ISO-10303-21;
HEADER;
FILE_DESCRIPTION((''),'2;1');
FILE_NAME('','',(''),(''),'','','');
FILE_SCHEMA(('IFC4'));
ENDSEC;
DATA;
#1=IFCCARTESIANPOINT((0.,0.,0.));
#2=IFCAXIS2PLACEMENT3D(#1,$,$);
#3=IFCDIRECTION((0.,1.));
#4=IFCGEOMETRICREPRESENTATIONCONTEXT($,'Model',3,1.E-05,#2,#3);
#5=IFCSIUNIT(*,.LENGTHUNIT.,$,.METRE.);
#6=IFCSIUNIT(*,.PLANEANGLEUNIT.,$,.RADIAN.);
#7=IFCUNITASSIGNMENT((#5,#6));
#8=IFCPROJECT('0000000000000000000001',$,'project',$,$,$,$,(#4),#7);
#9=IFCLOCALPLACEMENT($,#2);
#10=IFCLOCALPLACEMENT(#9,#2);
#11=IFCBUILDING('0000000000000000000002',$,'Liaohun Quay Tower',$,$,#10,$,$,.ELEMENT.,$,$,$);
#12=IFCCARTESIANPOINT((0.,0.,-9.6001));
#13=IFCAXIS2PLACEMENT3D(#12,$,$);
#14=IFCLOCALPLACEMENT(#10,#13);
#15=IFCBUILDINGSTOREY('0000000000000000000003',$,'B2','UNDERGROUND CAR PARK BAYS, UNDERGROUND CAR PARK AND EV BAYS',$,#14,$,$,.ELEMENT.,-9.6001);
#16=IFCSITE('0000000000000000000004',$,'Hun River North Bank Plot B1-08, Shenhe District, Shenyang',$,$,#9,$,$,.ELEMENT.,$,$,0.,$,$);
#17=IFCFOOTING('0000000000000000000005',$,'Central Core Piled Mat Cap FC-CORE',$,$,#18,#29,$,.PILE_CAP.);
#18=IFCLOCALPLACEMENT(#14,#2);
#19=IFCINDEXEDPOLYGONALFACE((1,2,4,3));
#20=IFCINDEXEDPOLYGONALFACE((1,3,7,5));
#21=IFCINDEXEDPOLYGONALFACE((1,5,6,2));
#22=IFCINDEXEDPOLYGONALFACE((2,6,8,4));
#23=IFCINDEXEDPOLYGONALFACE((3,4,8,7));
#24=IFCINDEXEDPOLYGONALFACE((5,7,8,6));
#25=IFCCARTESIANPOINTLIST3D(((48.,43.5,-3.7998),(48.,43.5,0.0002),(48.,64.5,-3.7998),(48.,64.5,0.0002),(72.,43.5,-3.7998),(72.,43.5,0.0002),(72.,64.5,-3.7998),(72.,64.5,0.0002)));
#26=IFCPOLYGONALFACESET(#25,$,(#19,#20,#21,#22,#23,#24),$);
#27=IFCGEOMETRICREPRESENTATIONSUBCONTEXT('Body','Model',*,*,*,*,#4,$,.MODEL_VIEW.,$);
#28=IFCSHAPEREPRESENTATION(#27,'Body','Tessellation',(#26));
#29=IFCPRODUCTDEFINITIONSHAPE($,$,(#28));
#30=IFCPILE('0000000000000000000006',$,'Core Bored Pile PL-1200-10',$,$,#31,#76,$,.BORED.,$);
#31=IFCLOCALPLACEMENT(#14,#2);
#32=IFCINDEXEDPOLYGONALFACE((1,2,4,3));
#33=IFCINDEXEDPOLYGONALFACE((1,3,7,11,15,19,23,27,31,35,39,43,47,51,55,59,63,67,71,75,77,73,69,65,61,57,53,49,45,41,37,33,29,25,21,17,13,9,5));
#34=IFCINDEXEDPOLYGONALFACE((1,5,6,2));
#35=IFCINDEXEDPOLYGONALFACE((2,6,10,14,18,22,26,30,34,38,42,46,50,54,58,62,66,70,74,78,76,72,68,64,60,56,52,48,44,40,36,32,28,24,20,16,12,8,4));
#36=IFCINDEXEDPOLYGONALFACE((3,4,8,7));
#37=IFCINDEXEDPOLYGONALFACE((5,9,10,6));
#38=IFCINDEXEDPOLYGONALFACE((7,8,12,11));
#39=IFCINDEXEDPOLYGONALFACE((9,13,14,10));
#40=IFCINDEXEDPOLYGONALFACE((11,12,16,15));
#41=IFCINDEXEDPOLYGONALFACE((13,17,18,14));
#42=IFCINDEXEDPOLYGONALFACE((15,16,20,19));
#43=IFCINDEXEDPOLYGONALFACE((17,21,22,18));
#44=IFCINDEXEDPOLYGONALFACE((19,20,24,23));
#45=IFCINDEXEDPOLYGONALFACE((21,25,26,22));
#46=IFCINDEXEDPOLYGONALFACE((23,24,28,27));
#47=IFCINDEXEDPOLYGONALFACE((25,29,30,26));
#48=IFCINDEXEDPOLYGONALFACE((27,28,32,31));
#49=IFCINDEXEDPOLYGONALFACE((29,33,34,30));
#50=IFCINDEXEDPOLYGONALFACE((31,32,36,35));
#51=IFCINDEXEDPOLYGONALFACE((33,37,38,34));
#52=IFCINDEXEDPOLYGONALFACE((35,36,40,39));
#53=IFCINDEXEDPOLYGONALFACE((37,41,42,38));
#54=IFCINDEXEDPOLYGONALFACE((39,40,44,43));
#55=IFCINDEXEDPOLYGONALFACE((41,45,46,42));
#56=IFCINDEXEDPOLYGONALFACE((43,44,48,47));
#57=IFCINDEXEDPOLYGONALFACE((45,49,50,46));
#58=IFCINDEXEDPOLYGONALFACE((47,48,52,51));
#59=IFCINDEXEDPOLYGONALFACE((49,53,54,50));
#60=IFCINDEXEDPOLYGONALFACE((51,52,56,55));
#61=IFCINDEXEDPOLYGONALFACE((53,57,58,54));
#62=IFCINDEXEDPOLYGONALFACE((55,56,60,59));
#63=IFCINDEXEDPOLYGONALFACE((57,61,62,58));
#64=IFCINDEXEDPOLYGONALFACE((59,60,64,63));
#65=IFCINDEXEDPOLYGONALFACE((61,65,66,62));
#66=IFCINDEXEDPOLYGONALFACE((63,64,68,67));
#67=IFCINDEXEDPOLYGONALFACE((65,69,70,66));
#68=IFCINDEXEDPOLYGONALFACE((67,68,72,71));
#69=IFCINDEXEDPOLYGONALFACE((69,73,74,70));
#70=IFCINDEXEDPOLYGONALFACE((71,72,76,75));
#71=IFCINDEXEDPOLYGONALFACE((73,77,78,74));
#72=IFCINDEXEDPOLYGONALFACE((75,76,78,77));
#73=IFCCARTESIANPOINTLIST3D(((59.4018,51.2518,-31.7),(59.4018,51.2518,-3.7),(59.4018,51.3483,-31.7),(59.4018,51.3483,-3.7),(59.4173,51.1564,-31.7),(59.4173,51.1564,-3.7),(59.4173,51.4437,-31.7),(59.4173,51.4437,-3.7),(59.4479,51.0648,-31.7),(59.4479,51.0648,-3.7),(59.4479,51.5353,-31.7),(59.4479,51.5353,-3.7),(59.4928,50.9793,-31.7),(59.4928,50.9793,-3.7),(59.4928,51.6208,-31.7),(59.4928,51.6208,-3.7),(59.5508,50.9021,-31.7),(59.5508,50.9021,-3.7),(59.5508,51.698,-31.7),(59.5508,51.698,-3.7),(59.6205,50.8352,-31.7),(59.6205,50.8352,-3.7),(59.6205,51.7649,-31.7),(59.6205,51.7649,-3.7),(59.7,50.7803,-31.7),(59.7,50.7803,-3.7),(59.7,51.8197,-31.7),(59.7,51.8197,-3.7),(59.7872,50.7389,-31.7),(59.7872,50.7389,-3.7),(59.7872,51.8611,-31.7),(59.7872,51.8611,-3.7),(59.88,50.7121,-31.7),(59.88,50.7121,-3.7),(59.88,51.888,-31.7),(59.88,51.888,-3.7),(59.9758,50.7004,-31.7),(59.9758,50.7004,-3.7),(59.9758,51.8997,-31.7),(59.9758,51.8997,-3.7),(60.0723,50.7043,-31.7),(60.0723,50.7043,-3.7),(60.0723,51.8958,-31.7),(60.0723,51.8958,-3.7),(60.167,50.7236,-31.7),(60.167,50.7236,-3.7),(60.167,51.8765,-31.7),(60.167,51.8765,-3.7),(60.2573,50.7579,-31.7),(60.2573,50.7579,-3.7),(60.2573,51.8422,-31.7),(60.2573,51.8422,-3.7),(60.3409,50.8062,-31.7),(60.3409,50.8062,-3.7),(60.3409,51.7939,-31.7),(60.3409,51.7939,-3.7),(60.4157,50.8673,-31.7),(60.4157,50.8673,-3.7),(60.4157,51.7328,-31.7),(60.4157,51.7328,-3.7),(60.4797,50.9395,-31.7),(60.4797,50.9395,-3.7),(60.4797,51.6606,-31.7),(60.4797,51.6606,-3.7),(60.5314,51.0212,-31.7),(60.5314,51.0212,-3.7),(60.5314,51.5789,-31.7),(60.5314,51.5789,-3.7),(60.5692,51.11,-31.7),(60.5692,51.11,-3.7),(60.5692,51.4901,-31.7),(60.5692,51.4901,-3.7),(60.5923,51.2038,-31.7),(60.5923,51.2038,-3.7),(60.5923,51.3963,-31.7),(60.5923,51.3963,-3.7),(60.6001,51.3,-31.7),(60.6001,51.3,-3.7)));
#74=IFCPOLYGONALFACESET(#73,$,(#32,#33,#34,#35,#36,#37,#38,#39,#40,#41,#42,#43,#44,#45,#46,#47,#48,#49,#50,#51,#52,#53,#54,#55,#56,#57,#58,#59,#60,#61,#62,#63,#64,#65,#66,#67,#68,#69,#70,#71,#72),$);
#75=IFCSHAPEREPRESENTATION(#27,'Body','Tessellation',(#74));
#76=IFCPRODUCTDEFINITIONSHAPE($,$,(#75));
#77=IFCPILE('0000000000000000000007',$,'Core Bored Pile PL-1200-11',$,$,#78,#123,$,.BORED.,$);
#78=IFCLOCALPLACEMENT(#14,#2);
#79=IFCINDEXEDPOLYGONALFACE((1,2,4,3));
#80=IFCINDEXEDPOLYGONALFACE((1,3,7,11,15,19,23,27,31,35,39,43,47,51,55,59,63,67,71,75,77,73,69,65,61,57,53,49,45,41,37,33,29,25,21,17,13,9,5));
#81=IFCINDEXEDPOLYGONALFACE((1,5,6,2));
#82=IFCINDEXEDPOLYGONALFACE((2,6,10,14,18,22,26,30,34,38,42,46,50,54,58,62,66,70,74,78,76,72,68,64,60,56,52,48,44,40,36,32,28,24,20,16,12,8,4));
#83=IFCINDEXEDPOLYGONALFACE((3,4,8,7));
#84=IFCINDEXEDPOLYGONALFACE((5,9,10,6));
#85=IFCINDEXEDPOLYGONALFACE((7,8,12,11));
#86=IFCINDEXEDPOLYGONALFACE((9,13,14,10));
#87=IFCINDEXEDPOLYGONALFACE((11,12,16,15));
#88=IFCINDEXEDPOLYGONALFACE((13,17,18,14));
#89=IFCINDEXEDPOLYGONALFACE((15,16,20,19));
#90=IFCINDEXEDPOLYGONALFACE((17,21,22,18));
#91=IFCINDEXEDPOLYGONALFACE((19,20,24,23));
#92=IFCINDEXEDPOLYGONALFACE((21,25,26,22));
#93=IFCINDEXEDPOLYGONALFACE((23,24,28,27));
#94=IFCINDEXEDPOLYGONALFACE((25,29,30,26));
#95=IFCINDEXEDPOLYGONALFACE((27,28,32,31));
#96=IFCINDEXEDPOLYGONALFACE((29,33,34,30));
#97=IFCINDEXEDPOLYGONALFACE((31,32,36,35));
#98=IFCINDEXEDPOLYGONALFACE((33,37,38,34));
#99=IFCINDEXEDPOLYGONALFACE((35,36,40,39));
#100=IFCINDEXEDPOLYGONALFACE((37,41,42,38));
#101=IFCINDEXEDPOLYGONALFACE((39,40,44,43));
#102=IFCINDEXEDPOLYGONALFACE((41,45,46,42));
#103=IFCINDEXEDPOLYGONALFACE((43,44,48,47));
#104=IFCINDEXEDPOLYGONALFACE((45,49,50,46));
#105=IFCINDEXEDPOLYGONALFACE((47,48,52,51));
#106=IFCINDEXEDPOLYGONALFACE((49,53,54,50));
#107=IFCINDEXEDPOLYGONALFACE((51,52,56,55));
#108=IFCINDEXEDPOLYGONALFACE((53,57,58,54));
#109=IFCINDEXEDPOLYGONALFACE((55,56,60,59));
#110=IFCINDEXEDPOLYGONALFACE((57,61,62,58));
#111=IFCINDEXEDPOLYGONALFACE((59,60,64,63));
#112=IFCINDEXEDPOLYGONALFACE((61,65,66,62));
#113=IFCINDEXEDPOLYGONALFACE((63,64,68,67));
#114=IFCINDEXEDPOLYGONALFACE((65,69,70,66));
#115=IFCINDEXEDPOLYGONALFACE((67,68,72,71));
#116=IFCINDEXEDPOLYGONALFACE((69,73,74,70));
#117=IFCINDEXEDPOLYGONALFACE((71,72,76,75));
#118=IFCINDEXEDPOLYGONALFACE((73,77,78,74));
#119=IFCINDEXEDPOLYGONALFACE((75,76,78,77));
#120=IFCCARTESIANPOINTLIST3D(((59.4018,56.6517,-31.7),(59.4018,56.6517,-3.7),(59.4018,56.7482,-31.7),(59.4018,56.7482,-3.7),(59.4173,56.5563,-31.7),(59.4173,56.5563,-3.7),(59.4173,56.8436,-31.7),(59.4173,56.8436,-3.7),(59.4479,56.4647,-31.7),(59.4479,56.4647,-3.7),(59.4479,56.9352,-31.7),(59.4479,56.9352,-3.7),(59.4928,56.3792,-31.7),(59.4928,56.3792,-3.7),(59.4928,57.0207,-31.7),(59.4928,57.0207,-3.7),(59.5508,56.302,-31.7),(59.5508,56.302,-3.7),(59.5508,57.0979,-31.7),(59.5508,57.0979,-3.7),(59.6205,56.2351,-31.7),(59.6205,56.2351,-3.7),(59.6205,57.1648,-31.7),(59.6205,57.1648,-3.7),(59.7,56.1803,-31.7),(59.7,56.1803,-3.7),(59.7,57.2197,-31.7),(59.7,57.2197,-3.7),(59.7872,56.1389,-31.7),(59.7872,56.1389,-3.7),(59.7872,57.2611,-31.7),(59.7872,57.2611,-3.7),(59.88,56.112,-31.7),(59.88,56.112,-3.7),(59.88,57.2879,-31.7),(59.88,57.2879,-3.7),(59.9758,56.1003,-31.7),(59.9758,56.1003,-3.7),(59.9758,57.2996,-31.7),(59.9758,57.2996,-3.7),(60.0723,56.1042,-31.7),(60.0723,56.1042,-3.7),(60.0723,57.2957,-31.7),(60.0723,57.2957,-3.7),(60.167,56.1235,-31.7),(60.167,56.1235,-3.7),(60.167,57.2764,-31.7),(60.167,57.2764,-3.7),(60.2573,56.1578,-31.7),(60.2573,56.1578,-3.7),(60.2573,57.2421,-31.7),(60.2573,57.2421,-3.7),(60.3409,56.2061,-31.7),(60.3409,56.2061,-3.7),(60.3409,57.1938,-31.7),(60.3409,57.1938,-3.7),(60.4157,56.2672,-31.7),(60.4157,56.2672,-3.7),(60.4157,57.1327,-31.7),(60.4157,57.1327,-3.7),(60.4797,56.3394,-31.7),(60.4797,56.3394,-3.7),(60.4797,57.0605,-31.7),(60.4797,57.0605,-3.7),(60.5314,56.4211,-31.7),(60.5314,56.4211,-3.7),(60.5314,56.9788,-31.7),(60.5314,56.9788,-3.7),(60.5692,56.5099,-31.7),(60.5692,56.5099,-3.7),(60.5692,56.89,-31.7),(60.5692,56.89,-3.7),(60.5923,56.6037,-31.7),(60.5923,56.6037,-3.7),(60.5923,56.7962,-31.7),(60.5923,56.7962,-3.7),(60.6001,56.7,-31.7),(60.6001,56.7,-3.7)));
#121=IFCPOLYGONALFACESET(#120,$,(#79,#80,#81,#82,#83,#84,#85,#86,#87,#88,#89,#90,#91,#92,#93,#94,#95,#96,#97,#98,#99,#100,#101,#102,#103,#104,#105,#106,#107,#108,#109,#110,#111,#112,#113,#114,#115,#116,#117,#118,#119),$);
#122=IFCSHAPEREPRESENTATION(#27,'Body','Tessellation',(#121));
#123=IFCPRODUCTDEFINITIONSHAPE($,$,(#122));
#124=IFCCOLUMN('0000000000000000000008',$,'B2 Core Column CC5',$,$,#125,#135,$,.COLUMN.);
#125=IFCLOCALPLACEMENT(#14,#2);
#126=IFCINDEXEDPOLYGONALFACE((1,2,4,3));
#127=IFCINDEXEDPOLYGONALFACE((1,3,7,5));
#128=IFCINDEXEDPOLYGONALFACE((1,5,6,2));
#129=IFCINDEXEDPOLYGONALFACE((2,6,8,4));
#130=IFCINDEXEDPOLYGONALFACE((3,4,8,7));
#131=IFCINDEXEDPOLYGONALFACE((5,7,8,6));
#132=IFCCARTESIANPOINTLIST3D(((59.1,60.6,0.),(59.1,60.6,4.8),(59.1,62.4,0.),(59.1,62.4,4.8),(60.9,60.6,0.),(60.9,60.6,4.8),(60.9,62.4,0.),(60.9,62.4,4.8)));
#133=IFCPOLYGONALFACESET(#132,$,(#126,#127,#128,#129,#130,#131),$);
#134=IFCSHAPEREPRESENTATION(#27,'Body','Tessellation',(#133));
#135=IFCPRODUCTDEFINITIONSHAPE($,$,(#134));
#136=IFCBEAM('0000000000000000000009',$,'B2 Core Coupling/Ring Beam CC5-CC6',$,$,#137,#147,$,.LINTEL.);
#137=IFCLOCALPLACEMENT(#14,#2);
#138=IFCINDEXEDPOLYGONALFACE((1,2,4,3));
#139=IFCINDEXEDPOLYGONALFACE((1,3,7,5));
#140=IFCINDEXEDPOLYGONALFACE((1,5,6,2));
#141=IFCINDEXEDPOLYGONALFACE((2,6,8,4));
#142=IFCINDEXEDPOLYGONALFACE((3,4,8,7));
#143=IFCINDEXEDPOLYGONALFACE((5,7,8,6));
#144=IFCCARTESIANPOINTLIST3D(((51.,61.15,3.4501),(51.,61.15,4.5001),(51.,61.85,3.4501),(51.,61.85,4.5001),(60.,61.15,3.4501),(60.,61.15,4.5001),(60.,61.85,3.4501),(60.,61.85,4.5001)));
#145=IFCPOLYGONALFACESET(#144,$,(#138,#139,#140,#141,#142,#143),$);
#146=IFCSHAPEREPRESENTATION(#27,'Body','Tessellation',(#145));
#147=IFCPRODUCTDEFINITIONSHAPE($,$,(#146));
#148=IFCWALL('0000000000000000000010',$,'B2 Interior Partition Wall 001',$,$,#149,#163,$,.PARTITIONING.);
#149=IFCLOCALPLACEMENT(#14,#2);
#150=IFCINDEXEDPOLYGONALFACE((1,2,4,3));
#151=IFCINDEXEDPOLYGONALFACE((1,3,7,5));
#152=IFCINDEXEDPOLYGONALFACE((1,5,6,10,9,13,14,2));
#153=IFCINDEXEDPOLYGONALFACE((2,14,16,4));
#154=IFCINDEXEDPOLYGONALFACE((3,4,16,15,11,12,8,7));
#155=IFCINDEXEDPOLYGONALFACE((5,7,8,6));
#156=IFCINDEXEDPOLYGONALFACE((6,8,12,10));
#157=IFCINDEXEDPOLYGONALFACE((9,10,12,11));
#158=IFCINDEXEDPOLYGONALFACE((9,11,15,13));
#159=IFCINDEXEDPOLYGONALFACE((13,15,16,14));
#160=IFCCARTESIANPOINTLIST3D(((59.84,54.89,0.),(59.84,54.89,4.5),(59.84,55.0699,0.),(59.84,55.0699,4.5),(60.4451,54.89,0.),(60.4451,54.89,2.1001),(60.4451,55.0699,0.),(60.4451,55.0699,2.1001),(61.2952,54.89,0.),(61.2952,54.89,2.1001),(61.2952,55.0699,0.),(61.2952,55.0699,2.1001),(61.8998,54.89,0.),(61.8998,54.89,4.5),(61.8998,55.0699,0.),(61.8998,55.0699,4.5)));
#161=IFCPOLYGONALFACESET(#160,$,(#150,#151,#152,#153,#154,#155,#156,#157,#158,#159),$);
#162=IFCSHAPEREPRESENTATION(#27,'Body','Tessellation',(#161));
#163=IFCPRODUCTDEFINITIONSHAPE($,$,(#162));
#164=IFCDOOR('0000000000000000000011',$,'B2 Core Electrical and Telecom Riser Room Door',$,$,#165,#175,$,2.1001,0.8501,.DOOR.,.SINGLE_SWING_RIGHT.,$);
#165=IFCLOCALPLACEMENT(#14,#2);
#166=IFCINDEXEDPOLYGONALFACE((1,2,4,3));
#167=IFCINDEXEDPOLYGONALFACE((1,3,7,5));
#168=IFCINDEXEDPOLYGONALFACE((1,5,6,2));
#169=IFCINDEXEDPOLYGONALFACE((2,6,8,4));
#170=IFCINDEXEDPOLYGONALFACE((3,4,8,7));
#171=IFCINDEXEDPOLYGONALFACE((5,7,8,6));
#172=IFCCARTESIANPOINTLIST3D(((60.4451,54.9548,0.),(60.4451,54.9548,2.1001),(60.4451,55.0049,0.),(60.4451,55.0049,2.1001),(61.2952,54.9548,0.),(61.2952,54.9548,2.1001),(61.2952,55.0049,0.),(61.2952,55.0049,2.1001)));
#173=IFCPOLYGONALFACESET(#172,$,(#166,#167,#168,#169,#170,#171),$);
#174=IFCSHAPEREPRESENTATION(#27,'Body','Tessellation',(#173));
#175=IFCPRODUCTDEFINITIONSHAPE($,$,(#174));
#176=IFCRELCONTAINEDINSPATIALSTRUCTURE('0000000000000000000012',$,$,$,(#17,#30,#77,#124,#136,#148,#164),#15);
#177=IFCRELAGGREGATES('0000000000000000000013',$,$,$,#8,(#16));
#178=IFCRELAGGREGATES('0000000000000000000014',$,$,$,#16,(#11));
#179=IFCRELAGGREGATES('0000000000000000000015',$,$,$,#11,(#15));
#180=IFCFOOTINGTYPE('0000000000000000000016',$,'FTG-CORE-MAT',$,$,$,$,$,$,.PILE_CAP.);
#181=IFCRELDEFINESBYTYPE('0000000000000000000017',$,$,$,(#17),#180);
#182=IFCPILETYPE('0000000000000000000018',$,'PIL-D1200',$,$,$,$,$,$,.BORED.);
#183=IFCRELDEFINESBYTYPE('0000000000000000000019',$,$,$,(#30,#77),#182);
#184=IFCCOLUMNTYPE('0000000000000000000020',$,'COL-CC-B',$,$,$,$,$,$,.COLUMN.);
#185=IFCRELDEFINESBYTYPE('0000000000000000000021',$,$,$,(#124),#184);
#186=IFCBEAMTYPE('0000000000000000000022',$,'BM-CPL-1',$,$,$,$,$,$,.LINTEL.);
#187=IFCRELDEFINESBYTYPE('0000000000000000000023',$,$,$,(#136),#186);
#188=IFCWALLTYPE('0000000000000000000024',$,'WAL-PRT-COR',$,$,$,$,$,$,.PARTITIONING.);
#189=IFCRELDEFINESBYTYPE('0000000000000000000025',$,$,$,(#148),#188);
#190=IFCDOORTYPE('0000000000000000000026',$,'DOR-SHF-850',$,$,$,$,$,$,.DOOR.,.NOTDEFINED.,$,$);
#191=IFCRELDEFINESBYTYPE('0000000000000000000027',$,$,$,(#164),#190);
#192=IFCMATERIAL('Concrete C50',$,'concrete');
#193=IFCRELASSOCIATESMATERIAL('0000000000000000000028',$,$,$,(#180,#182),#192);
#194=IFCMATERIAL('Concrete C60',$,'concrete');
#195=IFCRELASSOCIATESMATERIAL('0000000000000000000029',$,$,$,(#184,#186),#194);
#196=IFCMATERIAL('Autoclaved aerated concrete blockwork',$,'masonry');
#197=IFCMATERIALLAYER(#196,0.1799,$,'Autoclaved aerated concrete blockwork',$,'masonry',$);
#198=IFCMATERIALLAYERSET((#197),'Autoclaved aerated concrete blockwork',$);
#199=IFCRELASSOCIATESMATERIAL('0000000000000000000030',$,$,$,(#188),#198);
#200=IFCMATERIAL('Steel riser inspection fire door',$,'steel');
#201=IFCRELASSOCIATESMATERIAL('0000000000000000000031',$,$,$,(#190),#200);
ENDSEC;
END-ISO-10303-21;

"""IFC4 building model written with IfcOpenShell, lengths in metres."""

from ifc_helpers import new_model, si_unit, direction, frame, frame_2d, origin, origin_2d, place, context, subcontext, project, spatial, rectangle, circle, extrude, source, transform, mapped, material, layer, layer_set, material_profile, profile_set, type_object, element, fill, save


model = new_model("IFC4")

# Units and contexts
model_context = context("Model", 3, precision=1e-05, world=origin(), true_north=direction((0.0, 1.0)))
body_context = subcontext(model_context, "Body", "Model", "MODEL_VIEW")
ifc_project = project(units=[si_unit("LENGTHUNIT", "METRE"), si_unit("PLANEANGLEUNIT", "RADIAN")], contexts=[model_context])

# Site, building, storey
site_placement = place(None, origin())
site = spatial("IfcSite", under=ifc_project, at=site_placement, Name="Hun River North Bank Plot B1-08, Shenhe District, Shenyang", CompositionType="ELEMENT", RefElevation=0.0)
building_placement = place(site_placement, origin())
building = spatial("IfcBuilding", under=site, at=building_placement, Name="Liaohun Quay Tower", CompositionType="ELEMENT")
storey_placement = place(building_placement, frame((0.0, 0.0, -9.6001)))
storey = spatial("IfcBuildingStorey", under=building, at=storey_placement, Name="B2", Description="UNDERGROUND CAR PARK BAYS, UNDERGROUND CAR PARK AND EV BAYS", CompositionType="ELEMENT", Elevation=-9.6001)

# Footing
ifc_material_1 = material(Name="Concrete C50", Category="concrete")
footing_type = type_object("IfcFootingType", Name="FTG-CORE-MAT", PredefinedType="PILE_CAP", material=ifc_material_1)
shared_shape_1 = source(origin(), body_context, "Body", "SweptSolid", [
    extrude(rectangle(XDim=24.0, YDim=21.0, at=origin_2d()), origin(), (0.0, 0.0, 1.0), 3.8),
])
footing_placement = place(storey_placement, frame((60.0, 54.0, -3.7998), z_axis=(0.0, 0.0, 1.0), x_axis=(1.0, 0.0, 0.0)))
element("IfcFooting", 1, at=footing_placement, inside=storey, type_object=footing_type, Name="Central Core Piled Mat Cap FC-CORE", PredefinedType="PILE_CAP", context=body_context, shape_type="MappedRepresentation", body=[
    mapped(shared_shape_1, transform((0.0, 0.0, 0.0), x_axis=(1.0, 0.0, 0.0), y_axis=(0.0, 1.0, 0.0), z_axis=(0.0, 0.0, 1.0), scale=1.0)),
])

# Piles
ifc_material_profile_1 = material_profile(ifc_material_1, circle(Radius=0.6001, at=origin_2d()), Name="PILE-D1200")
ifc_profile_set_1 = profile_set([ifc_material_profile_1], Name="Concrete C50")
pile_type = type_object("IfcPileType", Name="PIL-D1200", PredefinedType="BORED", material=ifc_profile_set_1)
shared_shape_2 = source(origin(), body_context, "Body", "SweptSolid", [
    extrude(circle(Radius=0.6001, at=origin_2d()), origin(), (0.0, 0.0, 1.0), 28.0),
])
for number, where, z_axis, x_axis, name in (
    (2, (60.0, 51.3, -3.7), (0.0, 0.0, -1.0), (1.0, 0.0, 0.0), "Core Bored Pile PL-1200-10"),
    (3, (60.0, 56.7, -3.7), (0.0, 0.0, -1.0), (1.0, 0.0, 0.0), "Core Bored Pile PL-1200-11"),
):
    element("IfcPile", number, at=place(storey_placement, frame(where, z_axis=z_axis, x_axis=x_axis)), inside=storey, type_object=pile_type, Name=name, PredefinedType="BORED", context=body_context, shape_type="MappedRepresentation", body=[
        mapped(shared_shape_2, transform((0.0, 0.0, 0.0), x_axis=(1.0, 0.0, 0.0), y_axis=(0.0, 1.0, 0.0), z_axis=(0.0, 0.0, 1.0), scale=1.0)),
    ])

# Column
ifc_material_2 = material(Name="Concrete C60", Category="concrete")
ifc_material_profile_2 = material_profile(ifc_material_2, rectangle(XDim=1.8, YDim=1.8, at=origin_2d()), Name="RC1800x1800")
ifc_profile_set_2 = profile_set([ifc_material_profile_2], Name="Concrete C60")
column_type = type_object("IfcColumnType", Name="COL-CC-B", PredefinedType="COLUMN", material=ifc_profile_set_2)
shared_shape_3 = source(origin(), body_context, "Body", "SweptSolid", [
    extrude(rectangle(XDim=1.8, YDim=1.8, at=origin_2d()), origin(), (0.0, 0.0, 1.0), 4.8),
])
column_placement = place(storey_placement, frame((60.0, 61.5, 0.0), z_axis=(0.0, 0.0, 1.0), x_axis=(1.0, 0.0, 0.0)))
element("IfcColumn", 4, at=column_placement, inside=storey, type_object=column_type, Name="B2 Core Column CC5", PredefinedType="COLUMN", context=body_context, shape_type="MappedRepresentation", body=[
    mapped(shared_shape_3, transform((0.0, 0.0, 0.0), x_axis=(1.0, 0.0, 0.0), y_axis=(0.0, 1.0, 0.0), z_axis=(0.0, 0.0, 1.0), scale=1.0)),
])

# Beam
ifc_material_profile_3 = material_profile(ifc_material_2, rectangle(XDim=0.7, YDim=1.05, at=origin_2d()), Name="RC700x1050")
ifc_profile_set_3 = profile_set([ifc_material_profile_3], Name="Concrete C60")
beam_type = type_object("IfcBeamType", Name="BM-CPL-1", PredefinedType="LINTEL", material=ifc_profile_set_3)
shared_shape_4 = source(origin(), body_context, "Body", "SweptSolid", [
    extrude(rectangle(XDim=0.7, YDim=1.05, at=origin_2d()), origin(), (0.0, 0.0, 1.0), 9.0),
])
beam_placement = place(storey_placement, frame((60.0, 61.5, 3.9751), z_axis=(-1.0, 0.0, 0.0), x_axis=(0.0, -1.0, 0.0)))
element("IfcBeam", 5, at=beam_placement, inside=storey, type_object=beam_type, Name="B2 Core Coupling/Ring Beam CC5-CC6", PredefinedType="LINTEL", context=body_context, shape_type="MappedRepresentation", body=[
    mapped(shared_shape_4, transform((0.0, 0.0, 0.0), x_axis=(1.0, 0.0, 0.0), y_axis=(0.0, 1.0, 0.0), z_axis=(0.0, 0.0, 1.0), scale=1.0)),
])

# Wall, opening, door
ifc_material_3 = material(Name="Autoclaved aerated concrete blockwork", Category="masonry")
ifc_layer_1 = layer(ifc_material_3, 0.1799, Name="Autoclaved aerated concrete blockwork", Category="masonry")
ifc_layer_set_1 = layer_set([ifc_layer_1], Name="Autoclaved aerated concrete blockwork")
wall_type_1 = type_object("IfcWallType", Name="WAL-PRT-COR", PredefinedType="PARTITIONING", material=ifc_layer_set_1)
wall_1_placement = place(storey_placement, frame((59.8401, 54.98, 0.0), z_axis=(0.0, 0.0, 1.0), x_axis=(1.0, 0.0, 0.0)))
wall_1 = element("IfcWall", 6, at=wall_1_placement, inside=storey, type_object=wall_type_1, Name="B2 Interior Partition Wall 001", PredefinedType="PARTITIONING", context=body_context, shape_type="SweptSolid", body=[
    extrude(rectangle(XDim=2.0598, YDim=0.1799, at=frame_2d((1.0298, 0.0))), origin(), (0.0, 0.0, 1.0), 4.5),
])
shared_shape_5 = source(origin(), body_context, "Body", "SweptSolid", [
    extrude(rectangle(XDim=0.8501, YDim=2.1001, at=frame_2d((0.425, 1.05))), frame((0.0, 0.0999, 0.0), z_axis=(0.0, -1.0, 0.0), x_axis=(1.0, 0.0, 0.0)), (0.0, 0.0, 1.0), 0.2),
])
opening_1_placement = place(wall_1_placement, frame((0.605, 0.0, 0.0)))
opening_1 = element("IfcOpeningElement", 7, at=opening_1_placement, cuts=wall_1, PredefinedType="OPENING", context=body_context, shape_type="MappedRepresentation", body=[
    mapped(shared_shape_5, transform((0.0, 0.0, 0.0), x_axis=(1.0, 0.0, 0.0), y_axis=(0.0, 1.0, 0.0), z_axis=(0.0, 0.0, 1.0), scale=1.0)),
])
ifc_material_4 = material(Name="Steel riser inspection fire door", Category="steel")
door_type_1 = type_object("IfcDoorType", Name="DOR-SHF-850", OperationType="NOTDEFINED", PredefinedType="DOOR", material=ifc_material_4)
shared_shape_6 = source(origin(), body_context, "Body", "SweptSolid", [
    extrude(rectangle(XDim=0.8501, YDim=2.1001, at=frame_2d((0.425, 1.05))), frame((0.0, 0.0249, 0.0), z_axis=(0.0, -1.0, 0.0), x_axis=(1.0, 0.0, 0.0)), (0.0, 0.0, 1.0), 0.05),
])
door_1_placement = place(opening_1_placement, origin())
door_1 = element("IfcDoor", 8, at=door_1_placement, inside=storey, type_object=door_type_1, Name="B2 Core Electrical and Telecom Riser Room Door", OperationType="SINGLE_SWING_RIGHT", OverallHeight=2.1001, OverallWidth=0.8501, PredefinedType="DOOR", context=body_context, shape_type="MappedRepresentation", body=[
    mapped(shared_shape_6, transform((0.0, 0.0, 0.0), x_axis=(1.0, 0.0, 0.0), y_axis=(0.0, 1.0, 0.0), z_axis=(0.0, 0.0, 1.0), scale=1.0)),
])
fill(opening_1, door_1)

save(model, "model.ifc")
